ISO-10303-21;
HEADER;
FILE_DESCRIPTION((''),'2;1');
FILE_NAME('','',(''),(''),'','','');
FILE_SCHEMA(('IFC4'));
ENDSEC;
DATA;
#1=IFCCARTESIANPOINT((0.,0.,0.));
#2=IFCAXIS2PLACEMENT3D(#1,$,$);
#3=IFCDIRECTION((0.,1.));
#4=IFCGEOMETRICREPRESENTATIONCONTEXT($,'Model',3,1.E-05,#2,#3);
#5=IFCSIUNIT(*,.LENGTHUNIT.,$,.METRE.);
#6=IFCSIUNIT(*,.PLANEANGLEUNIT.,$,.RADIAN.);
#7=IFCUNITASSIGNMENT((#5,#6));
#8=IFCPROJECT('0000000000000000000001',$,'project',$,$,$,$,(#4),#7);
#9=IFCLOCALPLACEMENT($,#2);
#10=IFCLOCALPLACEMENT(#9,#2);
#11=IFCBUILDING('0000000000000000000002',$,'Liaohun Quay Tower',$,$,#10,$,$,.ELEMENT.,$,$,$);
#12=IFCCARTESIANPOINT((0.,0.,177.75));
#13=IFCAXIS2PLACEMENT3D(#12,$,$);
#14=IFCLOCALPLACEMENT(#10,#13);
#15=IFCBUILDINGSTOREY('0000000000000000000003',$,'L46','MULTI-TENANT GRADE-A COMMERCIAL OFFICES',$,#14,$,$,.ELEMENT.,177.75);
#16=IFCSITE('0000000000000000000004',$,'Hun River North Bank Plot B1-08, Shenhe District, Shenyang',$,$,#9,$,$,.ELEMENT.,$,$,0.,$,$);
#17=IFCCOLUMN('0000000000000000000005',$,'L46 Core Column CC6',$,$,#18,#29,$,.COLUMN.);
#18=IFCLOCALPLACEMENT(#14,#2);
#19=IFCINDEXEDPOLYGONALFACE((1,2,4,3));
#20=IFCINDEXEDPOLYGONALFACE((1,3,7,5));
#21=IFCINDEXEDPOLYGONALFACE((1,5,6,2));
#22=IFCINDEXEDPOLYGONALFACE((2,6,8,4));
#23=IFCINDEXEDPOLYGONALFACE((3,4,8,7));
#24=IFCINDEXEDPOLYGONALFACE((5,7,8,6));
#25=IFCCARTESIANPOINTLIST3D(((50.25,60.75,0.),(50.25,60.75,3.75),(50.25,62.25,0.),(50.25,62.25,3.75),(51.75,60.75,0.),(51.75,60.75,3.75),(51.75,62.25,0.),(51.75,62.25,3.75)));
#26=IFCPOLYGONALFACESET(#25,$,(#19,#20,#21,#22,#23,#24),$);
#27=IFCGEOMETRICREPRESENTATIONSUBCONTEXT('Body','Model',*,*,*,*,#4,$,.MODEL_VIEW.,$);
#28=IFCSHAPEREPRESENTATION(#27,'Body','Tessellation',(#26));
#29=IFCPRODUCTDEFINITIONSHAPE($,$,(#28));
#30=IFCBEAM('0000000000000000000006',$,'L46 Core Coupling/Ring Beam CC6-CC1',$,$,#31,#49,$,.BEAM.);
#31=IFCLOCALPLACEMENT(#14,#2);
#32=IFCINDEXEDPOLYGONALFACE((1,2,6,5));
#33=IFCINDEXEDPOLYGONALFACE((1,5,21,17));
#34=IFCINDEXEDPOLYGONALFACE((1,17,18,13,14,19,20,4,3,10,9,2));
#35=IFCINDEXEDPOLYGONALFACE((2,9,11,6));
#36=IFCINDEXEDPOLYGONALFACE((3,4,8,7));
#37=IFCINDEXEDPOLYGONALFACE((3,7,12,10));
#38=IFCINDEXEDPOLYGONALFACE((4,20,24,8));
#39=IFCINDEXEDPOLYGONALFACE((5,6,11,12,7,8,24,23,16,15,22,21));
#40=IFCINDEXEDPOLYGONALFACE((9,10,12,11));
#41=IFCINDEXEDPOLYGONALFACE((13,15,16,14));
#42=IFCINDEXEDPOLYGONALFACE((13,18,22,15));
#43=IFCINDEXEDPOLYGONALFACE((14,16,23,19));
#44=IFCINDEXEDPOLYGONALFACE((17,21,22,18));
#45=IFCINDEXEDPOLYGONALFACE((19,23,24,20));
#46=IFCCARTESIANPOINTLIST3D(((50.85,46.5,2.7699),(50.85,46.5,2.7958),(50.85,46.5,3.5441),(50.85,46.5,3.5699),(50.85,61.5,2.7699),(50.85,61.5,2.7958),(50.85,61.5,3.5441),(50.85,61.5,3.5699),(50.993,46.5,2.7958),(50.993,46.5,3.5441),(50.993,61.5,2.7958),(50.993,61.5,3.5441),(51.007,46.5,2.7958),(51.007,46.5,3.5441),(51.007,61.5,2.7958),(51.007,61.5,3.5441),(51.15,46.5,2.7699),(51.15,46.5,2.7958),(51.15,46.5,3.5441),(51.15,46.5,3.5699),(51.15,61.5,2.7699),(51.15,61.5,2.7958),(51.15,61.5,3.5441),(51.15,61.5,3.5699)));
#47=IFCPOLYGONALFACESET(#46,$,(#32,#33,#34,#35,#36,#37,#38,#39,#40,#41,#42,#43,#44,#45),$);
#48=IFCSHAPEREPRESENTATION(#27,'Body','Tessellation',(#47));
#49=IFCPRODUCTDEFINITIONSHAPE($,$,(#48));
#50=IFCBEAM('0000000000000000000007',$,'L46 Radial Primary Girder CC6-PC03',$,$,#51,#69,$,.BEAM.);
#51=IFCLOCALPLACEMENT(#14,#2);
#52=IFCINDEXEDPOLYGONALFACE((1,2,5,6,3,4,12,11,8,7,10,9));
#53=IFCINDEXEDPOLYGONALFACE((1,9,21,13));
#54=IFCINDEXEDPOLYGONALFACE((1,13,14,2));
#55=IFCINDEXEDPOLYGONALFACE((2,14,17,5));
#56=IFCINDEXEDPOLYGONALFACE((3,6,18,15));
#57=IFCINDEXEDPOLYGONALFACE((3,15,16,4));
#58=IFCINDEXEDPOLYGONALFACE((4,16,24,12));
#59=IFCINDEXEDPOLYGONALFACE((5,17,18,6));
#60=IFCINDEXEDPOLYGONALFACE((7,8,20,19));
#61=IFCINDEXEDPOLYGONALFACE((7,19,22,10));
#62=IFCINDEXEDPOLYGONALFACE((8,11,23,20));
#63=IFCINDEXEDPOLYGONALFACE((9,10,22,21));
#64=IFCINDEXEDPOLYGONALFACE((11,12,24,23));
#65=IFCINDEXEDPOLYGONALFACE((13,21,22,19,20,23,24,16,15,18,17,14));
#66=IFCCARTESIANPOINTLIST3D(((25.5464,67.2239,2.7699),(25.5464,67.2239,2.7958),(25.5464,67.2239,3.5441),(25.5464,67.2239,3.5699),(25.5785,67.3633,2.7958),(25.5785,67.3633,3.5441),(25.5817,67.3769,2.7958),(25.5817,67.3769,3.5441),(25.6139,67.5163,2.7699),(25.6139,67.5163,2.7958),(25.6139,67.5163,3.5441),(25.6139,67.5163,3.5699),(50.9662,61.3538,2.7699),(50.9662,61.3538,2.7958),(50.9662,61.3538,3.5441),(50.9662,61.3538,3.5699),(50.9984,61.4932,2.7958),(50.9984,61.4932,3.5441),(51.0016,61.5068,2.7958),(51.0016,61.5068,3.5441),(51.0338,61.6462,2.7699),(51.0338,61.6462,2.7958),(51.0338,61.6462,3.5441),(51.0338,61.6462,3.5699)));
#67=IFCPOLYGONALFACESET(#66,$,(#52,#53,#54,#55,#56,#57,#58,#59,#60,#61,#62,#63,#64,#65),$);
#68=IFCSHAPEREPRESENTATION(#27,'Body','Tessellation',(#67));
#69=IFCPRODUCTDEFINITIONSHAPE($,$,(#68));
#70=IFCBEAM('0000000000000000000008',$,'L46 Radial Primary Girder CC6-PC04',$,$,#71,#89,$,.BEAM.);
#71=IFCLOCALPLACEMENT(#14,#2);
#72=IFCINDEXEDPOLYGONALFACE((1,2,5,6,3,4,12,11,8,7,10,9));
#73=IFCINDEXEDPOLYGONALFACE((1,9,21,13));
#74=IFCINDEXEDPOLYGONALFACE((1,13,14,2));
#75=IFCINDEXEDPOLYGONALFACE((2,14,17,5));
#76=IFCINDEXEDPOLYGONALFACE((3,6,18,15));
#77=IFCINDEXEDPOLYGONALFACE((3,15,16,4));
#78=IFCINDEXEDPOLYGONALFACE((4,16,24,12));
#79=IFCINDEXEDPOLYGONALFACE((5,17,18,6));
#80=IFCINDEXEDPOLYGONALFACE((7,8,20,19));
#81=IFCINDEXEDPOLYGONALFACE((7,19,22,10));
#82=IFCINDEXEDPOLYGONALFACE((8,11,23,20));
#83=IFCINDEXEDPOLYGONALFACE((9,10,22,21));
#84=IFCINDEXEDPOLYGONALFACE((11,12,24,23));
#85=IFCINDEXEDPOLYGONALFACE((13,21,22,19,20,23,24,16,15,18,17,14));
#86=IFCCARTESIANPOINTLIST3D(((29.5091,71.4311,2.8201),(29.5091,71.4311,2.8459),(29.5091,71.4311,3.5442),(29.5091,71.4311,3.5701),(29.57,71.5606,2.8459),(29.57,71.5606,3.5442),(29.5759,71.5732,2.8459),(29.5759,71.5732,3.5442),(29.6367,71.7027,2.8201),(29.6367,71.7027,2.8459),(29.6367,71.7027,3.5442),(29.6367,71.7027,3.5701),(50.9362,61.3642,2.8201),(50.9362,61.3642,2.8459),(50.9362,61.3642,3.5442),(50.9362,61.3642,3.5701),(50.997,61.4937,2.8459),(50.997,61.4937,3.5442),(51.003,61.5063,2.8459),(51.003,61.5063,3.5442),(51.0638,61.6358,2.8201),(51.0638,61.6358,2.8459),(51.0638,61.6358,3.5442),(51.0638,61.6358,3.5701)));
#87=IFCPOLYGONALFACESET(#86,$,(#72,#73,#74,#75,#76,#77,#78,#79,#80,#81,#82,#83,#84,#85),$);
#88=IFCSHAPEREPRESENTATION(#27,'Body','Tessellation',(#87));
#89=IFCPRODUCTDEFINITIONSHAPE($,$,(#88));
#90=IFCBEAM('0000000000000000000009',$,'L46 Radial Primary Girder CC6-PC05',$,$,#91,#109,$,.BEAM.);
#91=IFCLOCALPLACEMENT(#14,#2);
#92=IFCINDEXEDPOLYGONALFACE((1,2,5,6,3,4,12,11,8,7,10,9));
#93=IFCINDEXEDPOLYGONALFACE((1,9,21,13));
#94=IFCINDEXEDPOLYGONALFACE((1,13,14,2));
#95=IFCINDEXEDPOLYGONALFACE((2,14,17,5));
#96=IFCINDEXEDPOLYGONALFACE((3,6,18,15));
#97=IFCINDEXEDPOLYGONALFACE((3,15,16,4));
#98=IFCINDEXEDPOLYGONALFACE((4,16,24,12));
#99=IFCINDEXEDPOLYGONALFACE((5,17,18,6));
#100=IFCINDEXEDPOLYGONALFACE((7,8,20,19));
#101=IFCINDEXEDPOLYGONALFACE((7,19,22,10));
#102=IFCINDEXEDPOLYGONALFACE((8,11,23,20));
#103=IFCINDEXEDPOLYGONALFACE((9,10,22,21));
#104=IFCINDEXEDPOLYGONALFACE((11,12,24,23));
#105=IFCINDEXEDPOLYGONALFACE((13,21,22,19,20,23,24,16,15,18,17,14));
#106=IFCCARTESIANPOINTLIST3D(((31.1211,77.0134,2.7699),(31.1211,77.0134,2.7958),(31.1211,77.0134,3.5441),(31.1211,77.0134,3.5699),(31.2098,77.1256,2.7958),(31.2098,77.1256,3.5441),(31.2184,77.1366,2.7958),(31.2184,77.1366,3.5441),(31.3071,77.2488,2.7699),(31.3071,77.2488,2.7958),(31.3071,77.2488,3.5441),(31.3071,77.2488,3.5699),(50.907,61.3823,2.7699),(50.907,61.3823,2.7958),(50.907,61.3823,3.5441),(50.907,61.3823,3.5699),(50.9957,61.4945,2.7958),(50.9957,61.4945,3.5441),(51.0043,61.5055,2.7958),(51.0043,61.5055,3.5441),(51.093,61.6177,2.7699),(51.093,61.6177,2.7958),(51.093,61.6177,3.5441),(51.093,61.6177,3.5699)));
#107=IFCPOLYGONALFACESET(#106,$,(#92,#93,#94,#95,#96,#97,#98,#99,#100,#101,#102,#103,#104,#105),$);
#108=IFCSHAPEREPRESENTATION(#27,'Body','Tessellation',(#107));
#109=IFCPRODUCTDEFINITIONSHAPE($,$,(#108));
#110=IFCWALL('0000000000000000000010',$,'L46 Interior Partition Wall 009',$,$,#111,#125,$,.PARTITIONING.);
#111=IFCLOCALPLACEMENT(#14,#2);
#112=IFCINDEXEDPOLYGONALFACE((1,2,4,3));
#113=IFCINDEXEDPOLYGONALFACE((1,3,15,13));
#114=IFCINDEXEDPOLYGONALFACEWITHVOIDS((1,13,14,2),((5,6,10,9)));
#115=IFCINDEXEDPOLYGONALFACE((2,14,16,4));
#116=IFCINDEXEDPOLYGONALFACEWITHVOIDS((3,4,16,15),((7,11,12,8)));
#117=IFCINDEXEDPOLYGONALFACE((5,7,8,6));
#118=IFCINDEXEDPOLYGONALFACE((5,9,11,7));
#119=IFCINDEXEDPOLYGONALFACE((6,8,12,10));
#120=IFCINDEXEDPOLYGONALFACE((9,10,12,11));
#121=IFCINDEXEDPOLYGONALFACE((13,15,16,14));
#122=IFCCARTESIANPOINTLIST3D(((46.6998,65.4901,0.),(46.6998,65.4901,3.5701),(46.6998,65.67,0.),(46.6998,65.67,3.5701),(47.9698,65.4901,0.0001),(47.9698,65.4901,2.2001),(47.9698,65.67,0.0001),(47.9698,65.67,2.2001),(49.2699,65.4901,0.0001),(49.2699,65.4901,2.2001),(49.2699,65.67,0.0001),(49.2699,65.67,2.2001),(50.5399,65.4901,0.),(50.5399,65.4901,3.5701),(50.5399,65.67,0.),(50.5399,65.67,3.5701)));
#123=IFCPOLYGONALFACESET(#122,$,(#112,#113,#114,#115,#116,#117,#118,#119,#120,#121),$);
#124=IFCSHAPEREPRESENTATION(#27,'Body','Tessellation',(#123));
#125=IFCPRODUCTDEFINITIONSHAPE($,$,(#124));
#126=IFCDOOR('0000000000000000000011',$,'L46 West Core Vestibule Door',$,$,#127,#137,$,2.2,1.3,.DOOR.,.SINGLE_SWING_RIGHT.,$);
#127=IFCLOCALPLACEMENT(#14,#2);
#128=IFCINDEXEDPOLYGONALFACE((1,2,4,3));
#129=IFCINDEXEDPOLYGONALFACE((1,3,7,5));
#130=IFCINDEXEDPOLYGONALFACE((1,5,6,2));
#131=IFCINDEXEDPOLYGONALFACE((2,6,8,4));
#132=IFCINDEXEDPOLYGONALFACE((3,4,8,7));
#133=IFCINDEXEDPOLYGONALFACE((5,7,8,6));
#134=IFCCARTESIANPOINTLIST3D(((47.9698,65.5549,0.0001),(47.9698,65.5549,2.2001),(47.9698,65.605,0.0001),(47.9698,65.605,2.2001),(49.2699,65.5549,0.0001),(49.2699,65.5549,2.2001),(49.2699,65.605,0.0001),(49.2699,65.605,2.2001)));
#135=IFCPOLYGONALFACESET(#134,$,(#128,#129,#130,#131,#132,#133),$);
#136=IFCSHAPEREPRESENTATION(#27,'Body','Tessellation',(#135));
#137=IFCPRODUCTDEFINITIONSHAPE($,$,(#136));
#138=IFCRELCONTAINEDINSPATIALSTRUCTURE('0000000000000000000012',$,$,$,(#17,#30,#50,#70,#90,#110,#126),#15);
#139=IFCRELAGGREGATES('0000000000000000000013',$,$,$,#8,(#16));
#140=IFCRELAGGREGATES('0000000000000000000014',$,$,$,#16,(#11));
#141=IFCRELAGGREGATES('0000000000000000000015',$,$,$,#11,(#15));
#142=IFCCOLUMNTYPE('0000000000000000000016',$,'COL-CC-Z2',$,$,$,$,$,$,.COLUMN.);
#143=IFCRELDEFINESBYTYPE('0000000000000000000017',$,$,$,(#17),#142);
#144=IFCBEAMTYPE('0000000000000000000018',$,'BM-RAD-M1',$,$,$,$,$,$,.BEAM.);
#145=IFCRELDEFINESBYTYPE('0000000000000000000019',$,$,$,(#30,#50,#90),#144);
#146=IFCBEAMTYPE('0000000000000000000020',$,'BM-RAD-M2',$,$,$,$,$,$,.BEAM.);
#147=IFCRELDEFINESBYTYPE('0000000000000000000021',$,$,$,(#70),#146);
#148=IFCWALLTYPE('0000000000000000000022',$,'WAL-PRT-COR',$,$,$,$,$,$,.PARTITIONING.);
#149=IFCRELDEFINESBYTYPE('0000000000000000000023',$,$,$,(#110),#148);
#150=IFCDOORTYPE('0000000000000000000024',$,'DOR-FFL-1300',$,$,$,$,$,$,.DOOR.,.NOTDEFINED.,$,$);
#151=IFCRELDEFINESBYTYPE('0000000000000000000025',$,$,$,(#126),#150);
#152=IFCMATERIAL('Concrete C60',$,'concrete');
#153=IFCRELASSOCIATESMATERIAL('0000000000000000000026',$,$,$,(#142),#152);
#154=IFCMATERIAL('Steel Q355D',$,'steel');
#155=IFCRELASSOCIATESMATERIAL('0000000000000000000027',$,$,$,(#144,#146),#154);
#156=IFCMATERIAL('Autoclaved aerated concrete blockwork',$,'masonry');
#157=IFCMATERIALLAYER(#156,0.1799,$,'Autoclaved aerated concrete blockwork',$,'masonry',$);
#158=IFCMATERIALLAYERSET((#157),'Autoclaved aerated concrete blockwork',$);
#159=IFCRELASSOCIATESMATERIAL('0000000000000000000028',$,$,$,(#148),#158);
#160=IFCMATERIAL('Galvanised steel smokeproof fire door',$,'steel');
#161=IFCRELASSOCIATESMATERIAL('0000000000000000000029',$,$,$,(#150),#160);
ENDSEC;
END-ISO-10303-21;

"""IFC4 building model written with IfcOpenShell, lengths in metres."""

from ifc_helpers import new_model, si_unit, direction, frame, frame_2d, origin, origin_2d, place, context, subcontext, project, spatial, rectangle, i_section, extrude, source, transform, mapped, material, layer, layer_set, material_profile, profile_set, type_object, element, fill, save


model = new_model("IFC4")

# Units and contexts
model_context = context("Model", 3, precision=1e-05, world=origin(), true_north=direction((0.0, 1.0)))
body_context = subcontext(model_context, "Body", "Model", "MODEL_VIEW")
ifc_project = project(units=[si_unit("LENGTHUNIT", "METRE"), si_unit("PLANEANGLEUNIT", "RADIAN")], contexts=[model_context])

# Site, building, storey
site_placement = place(None, origin())
site = spatial("IfcSite", under=ifc_project, at=site_placement, Name="Hun River North Bank Plot B1-08, Shenhe District, Shenyang", CompositionType="ELEMENT", RefElevation=0.0)
building_placement = place(site_placement, origin())
building = spatial("IfcBuilding", under=site, at=building_placement, Name="Liaohun Quay Tower", CompositionType="ELEMENT")
storey_placement = place(building_placement, frame((0.0, 0.0, 177.75)))
storey = spatial("IfcBuildingStorey", under=building, at=storey_placement, Name="L46", Description="MULTI-TENANT GRADE-A COMMERCIAL OFFICES", CompositionType="ELEMENT", Elevation=177.75)

# Column
ifc_material_1 = material(Name="Concrete C60", Category="concrete")
ifc_material_profile_1 = material_profile(ifc_material_1, rectangle(XDim=1.5, YDim=1.5, at=origin_2d()), Name="RC1500x1500")
ifc_profile_set_1 = profile_set([ifc_material_profile_1], Name="Concrete C60")
column_type = type_object("IfcColumnType", Name="COL-CC-Z2", PredefinedType="COLUMN", material=ifc_profile_set_1)
shared_shape_1 = source(origin(), body_context, "Body", "SweptSolid", [
    extrude(rectangle(XDim=1.5, YDim=1.5, at=origin_2d()), origin(), (0.0, 0.0, 1.0), 3.75),
])
column_placement = place(storey_placement, frame((51.0, 61.5, 0.0), z_axis=(0.0, 0.0, 1.0), x_axis=(1.0, 0.0, 0.0)))
element("IfcColumn", 1, at=column_placement, inside=storey, type_object=column_type, Name="L46 Core Column CC6", PredefinedType="COLUMN", context=body_context, shape_type="MappedRepresentation", body=[
    mapped(shared_shape_1, transform((0.0, 0.0, 0.0), x_axis=(1.0, 0.0, 0.0), y_axis=(0.0, 1.0, 0.0), z_axis=(0.0, 0.0, 1.0), scale=1.0)),
])

# Beams
ifc_material_2 = material(Name="Steel Q355D", Category="steel")
ifc_material_profile_2 = material_profile(ifc_material_2, i_section(OverallWidth=0.3, OverallDepth=0.8, WebThickness=0.0139, FlangeThickness=0.0259, at=origin_2d()), Name="HN800x300x14x26")
ifc_profile_set_2 = profile_set([ifc_material_profile_2], Name="Steel Q355D")
beam_type_1 = type_object("IfcBeamType", Name="BM-RAD-M1", PredefinedType="BEAM", material=ifc_profile_set_2)
shared_shape_2 = source(origin(), body_context, "Body", "SweptSolid", [
    extrude(i_section(OverallWidth=0.3, OverallDepth=0.8, WebThickness=0.0139, FlangeThickness=0.0259, at=origin_2d()), origin(), (0.0, 0.0, 1.0), 15.0),
])
beam_1_placement = place(storey_placement, frame((51.0, 61.5, 3.1699), z_axis=(0.0, -1.0, 0.0), x_axis=(1.0, 0.0, 0.0)))
element("IfcBeam", 2, at=beam_1_placement, inside=storey, type_object=beam_type_1, Name="L46 Core Coupling/Ring Beam CC6-CC1", PredefinedType="BEAM", context=body_context, shape_type="MappedRepresentation", body=[
    mapped(shared_shape_2, transform((0.0, 0.0, 0.0), x_axis=(1.0, 0.0, 0.0), y_axis=(0.0, 1.0, 0.0), z_axis=(0.0, 0.0, 1.0), scale=1.0)),
])
shared_shape_3 = source(origin(), body_context, "Body", "SweptSolid", [
    extrude(i_section(OverallWidth=0.3, OverallDepth=0.8, WebThickness=0.0139, FlangeThickness=0.0259, at=origin_2d()), origin(), (0.0, 0.0, 1.0), 26.0889),
])
beam_2_placement = place(storey_placement, frame((51.0, 61.5, 3.1699), z_axis=(-0.974358, 0.225004, 0.0), x_axis=(-0.225004, -0.974358, 0.0)))
element("IfcBeam", 3, at=beam_2_placement, inside=storey, type_object=beam_type_1, Name="L46 Radial Primary Girder CC6-PC03", PredefinedType="BEAM", context=body_context, shape_type="MappedRepresentation", body=[
    mapped(shared_shape_3, transform((0.0, 0.0, 0.0), x_axis=(1.0, 0.0, 0.0), y_axis=(0.0, 1.0, 0.0), z_axis=(0.0, 0.0, 1.0), scale=1.0)),
])
ifc_material_profile_3 = material_profile(ifc_material_2, i_section(OverallWidth=0.3, OverallDepth=0.75, WebThickness=0.0139, FlangeThickness=0.0259, at=origin_2d()), Name="HN750x300x14x26")
ifc_profile_set_3 = profile_set([ifc_material_profile_3], Name="Steel Q355D")
beam_type_2 = type_object("IfcBeamType", Name="BM-RAD-M2", PredefinedType="BEAM", material=ifc_profile_set_3)
shared_shape_4 = source(origin(), body_context, "Body", "SweptSolid", [
    extrude(i_section(OverallWidth=0.3, OverallDepth=0.75, WebThickness=0.0139, FlangeThickness=0.0259, at=origin_2d()), origin(), (0.0, 0.0, 1.0), 23.6741),
])
beam_3_placement = place(storey_placement, frame((51.0, 61.5, 3.1951), z_axis=(-0.905085, 0.42523, 0.0), x_axis=(-0.42523, -0.905085, 0.0)))
element("IfcBeam", 4, at=beam_3_placement, inside=storey, type_object=beam_type_2, Name="L46 Radial Primary Girder CC6-PC04", PredefinedType="BEAM", context=body_context, shape_type="MappedRepresentation", body=[
    mapped(shared_shape_4, transform((0.0, 0.0, 0.0), x_axis=(1.0, 0.0, 0.0), y_axis=(0.0, 1.0, 0.0), z_axis=(0.0, 0.0, 1.0), scale=1.0)),
])
shared_shape_5 = source(origin(), body_context, "Body", "SweptSolid", [
    extrude(i_section(OverallWidth=0.3, OverallDepth=0.8, WebThickness=0.0139, FlangeThickness=0.0259, at=origin_2d()), origin(), (0.0, 0.0, 1.0), 25.2153),
])
beam_4_placement = place(storey_placement, frame((51.0, 61.5, 3.1699), z_axis=(-0.784677, 0.619905, 0.0), x_axis=(-0.619905, -0.784677, 0.0)))
element("IfcBeam", 5, at=beam_4_placement, inside=storey, type_object=beam_type_1, Name="L46 Radial Primary Girder CC6-PC05", PredefinedType="BEAM", context=body_context, shape_type="MappedRepresentation", body=[
    mapped(shared_shape_5, transform((0.0, 0.0, 0.0), x_axis=(1.0, 0.0, 0.0), y_axis=(0.0, 1.0, 0.0), z_axis=(0.0, 0.0, 1.0), scale=1.0)),
])

# Wall, opening, door
ifc_material_3 = material(Name="Autoclaved aerated concrete blockwork", Category="masonry")
ifc_layer_1 = layer(ifc_material_3, 0.1799, Name="Autoclaved aerated concrete blockwork", Category="masonry")
ifc_layer_set_1 = layer_set([ifc_layer_1], Name="Autoclaved aerated concrete blockwork")
wall_type_1 = type_object("IfcWallType", Name="WAL-PRT-COR", PredefinedType="PARTITIONING", material=ifc_layer_set_1)
wall_1_placement = place(storey_placement, frame((46.7, 65.5801, 0.0), z_axis=(0.0, 0.0, 1.0), x_axis=(1.0, 0.0, 0.0)))
wall_1 = element("IfcWall", 6, at=wall_1_placement, inside=storey, type_object=wall_type_1, Name="L46 Interior Partition Wall 009", PredefinedType="PARTITIONING", context=body_context, shape_type="SweptSolid", body=[
    extrude(rectangle(XDim=3.8401, YDim=0.1799, at=frame_2d((1.9199, 0.0))), origin(), (0.0, 0.0, 1.0), 3.5701),
])
shared_shape_6 = source(origin(), body_context, "Body", "SweptSolid", [
    extrude(rectangle(XDim=1.3, YDim=2.2, at=frame_2d((0.6499, 1.1001))), frame((0.0, 0.0999, 0.0), z_axis=(0.0, -1.0, 0.0), x_axis=(1.0, 0.0, 0.0)), (0.0, 0.0, 1.0), 0.2),
])
opening_1_placement = place(wall_1_placement, frame((1.27, 0.0, 0.0)))
opening_1 = element("IfcOpeningElement", 7, at=opening_1_placement, cuts=wall_1, PredefinedType="OPENING", context=body_context, shape_type="MappedRepresentation", body=[
    mapped(shared_shape_6, transform((0.0, 0.0, 0.0), x_axis=(1.0, 0.0, 0.0), y_axis=(0.0, 1.0, 0.0), z_axis=(0.0, 0.0, 1.0), scale=1.0)),
])
ifc_material_4 = material(Name="Galvanised steel smokeproof fire door", Category="steel")
door_type_1 = type_object("IfcDoorType", Name="DOR-FFL-1300", OperationType="NOTDEFINED", PredefinedType="DOOR", material=ifc_material_4)
shared_shape_7 = source(origin(), body_context, "Body", "SweptSolid", [
    extrude(rectangle(XDim=1.3, YDim=2.2, at=frame_2d((0.6499, 1.1001))), frame((0.0, 0.0249, 0.0), z_axis=(0.0, -1.0, 0.0), x_axis=(1.0, 0.0, 0.0)), (0.0, 0.0, 1.0), 0.05),
])
door_1_placement = place(opening_1_placement, origin())
door_1 = element("IfcDoor", 8, at=door_1_placement, inside=storey, type_object=door_type_1, Name="L46 West Core Vestibule Door", OperationType="SINGLE_SWING_RIGHT", OverallHeight=2.2, OverallWidth=1.3, PredefinedType="DOOR", context=body_context, shape_type="MappedRepresentation", body=[
    mapped(shared_shape_7, transform((0.0, 0.0, 0.0), x_axis=(1.0, 0.0, 0.0), y_axis=(0.0, 1.0, 0.0), z_axis=(0.0, 0.0, 1.0), scale=1.0)),
])
fill(opening_1, door_1)

save(model, "model.ifc")
